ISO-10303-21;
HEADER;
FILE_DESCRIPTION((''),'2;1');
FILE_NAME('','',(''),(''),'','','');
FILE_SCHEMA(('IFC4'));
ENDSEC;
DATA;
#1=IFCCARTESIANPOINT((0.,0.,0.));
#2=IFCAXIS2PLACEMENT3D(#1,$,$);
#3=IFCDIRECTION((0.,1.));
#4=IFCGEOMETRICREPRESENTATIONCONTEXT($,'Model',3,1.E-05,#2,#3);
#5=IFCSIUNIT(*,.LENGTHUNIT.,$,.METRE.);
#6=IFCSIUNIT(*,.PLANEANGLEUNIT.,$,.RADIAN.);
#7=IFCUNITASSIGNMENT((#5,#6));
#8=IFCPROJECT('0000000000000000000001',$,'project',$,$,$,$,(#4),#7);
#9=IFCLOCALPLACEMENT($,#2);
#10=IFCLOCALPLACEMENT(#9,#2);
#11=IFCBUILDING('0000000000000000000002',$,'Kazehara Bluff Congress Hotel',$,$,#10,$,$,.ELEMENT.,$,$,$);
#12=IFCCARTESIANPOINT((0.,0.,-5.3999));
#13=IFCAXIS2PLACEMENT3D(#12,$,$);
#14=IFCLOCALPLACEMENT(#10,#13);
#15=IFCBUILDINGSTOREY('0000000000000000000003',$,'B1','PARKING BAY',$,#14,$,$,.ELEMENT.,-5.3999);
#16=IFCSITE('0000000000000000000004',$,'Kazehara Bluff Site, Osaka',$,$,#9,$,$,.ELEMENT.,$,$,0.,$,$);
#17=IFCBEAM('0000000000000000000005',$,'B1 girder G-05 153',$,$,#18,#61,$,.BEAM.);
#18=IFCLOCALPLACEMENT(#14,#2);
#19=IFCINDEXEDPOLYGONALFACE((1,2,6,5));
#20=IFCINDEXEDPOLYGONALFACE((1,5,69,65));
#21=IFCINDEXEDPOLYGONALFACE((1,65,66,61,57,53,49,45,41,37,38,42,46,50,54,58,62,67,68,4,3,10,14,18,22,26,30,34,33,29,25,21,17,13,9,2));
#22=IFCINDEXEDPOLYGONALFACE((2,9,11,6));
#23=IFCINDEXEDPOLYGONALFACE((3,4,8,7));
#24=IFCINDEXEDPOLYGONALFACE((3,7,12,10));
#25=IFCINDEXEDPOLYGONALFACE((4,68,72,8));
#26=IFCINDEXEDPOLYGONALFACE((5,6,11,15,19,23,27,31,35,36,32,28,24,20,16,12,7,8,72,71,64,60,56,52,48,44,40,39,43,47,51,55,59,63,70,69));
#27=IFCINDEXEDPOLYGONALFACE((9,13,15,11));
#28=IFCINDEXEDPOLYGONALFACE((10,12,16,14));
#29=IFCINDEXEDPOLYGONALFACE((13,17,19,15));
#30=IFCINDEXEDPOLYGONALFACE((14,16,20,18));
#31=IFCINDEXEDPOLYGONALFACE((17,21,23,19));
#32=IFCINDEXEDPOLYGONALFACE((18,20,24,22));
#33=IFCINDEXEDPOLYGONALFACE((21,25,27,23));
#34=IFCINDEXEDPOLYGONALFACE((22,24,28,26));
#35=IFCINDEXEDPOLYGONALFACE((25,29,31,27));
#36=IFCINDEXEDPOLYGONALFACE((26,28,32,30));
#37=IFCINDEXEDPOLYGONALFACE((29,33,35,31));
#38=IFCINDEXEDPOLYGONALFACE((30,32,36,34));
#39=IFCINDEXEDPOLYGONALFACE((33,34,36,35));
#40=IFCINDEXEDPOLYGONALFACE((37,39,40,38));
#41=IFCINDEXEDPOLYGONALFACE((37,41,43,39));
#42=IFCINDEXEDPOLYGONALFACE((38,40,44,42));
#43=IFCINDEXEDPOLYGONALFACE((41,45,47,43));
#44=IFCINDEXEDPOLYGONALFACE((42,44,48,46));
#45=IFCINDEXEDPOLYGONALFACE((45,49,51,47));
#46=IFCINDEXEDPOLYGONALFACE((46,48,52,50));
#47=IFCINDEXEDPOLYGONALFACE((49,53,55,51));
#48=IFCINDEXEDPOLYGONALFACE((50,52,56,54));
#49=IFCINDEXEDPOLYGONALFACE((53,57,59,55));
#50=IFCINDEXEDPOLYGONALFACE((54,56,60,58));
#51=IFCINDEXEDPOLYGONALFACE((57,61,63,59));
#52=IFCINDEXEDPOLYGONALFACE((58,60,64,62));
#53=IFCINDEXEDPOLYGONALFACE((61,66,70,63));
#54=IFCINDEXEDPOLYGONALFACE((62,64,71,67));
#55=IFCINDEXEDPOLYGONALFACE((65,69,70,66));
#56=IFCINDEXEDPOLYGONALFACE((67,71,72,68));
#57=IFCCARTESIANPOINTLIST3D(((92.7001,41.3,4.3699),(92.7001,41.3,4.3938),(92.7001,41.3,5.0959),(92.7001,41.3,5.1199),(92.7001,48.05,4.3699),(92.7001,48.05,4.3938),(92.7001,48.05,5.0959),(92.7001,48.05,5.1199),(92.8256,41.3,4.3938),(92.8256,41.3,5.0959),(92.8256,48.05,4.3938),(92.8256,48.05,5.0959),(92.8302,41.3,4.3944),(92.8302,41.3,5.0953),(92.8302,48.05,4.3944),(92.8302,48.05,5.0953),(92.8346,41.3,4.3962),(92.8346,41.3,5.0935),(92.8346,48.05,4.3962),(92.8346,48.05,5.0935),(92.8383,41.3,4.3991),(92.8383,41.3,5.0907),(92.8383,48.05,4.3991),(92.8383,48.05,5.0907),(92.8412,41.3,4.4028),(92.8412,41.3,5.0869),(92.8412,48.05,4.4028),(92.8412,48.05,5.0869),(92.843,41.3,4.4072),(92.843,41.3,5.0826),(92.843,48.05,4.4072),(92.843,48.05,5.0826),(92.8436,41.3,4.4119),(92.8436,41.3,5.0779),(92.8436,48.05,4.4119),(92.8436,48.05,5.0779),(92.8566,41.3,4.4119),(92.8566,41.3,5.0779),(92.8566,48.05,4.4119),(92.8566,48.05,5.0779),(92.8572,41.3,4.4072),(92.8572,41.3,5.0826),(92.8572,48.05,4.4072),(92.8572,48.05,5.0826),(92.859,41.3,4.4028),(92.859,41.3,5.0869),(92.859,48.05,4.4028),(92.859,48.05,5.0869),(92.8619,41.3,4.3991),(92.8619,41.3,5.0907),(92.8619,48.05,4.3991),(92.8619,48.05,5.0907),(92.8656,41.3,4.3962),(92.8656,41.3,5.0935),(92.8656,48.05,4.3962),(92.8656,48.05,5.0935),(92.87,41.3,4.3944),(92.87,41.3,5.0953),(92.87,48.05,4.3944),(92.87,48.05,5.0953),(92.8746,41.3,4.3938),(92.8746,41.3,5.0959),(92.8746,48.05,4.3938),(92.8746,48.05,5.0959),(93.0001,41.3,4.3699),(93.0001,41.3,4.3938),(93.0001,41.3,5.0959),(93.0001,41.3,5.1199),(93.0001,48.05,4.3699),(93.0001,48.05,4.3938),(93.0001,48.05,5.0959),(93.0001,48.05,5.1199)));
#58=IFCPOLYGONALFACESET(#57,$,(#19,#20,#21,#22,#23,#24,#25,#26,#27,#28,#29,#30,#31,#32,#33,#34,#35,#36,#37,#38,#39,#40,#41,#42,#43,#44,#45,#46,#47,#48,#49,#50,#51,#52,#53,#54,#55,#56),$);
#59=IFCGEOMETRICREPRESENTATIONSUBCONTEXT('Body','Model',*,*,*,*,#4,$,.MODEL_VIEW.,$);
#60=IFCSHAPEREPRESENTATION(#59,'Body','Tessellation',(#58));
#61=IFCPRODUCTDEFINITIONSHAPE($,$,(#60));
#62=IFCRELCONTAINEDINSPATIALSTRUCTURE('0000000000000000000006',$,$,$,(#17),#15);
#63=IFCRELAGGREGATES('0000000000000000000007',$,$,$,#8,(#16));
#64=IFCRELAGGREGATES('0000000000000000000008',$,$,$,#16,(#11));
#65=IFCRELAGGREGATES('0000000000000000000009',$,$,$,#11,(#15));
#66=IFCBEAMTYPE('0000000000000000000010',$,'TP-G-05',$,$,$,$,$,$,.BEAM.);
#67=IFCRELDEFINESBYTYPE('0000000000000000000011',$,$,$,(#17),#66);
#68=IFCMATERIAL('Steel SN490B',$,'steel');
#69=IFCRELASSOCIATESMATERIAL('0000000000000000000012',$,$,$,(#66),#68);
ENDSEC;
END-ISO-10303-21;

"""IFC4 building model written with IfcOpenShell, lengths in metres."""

from ifc_helpers import new_model, si_unit, direction, frame, origin, origin_2d, place, context, subcontext, project, spatial, i_section, extrude, material, material_profile, profile_set, type_object, element, save


model = new_model("IFC4")

# Units and contexts
model_context = context("Model", 3, precision=1e-05, world=origin(), true_north=direction((0.0, 1.0)))
body_context = subcontext(model_context, "Body", "Model", "MODEL_VIEW")
ifc_project = project(units=[si_unit("LENGTHUNIT", "METRE"), si_unit("PLANEANGLEUNIT", "RADIAN")], contexts=[model_context])

# Site, building, storey
site_placement = place(None, origin())
site = spatial("IfcSite", under=ifc_project, at=site_placement, Name="Kazehara Bluff Site, Osaka", CompositionType="ELEMENT", RefElevation=0.0)
building_placement = place(site_placement, origin())
building = spatial("IfcBuilding", under=site, at=building_placement, Name="Kazehara Bluff Congress Hotel", CompositionType="ELEMENT")
storey_placement = place(building_placement, frame((0.0, 0.0, -5.3999)))
storey = spatial("IfcBuildingStorey", under=building, at=storey_placement, Name="B1", Description="PARKING BAY", CompositionType="ELEMENT", Elevation=-5.3999)

# Beam
ifc_material_1 = material(Name="Steel SN490B", Category="steel")
ifc_material_profile_1 = material_profile(ifc_material_1, i_section(OverallWidth=0.3, OverallDepth=0.75, WebThickness=0.0129, FlangeThickness=0.0239, FilletRadius=0.0181, at=origin_2d()))
ifc_profile_set_1 = profile_set([ifc_material_profile_1], Name="Steel SN490B")
beam_type_1 = type_object("IfcBeamType", Name="TP-G-05", PredefinedType="BEAM", material=ifc_profile_set_1)
for number, where, z_axis, x_axis, name in (
    (1, (92.8501, 41.3, 4.7449), (0.0, 1.0, 0.0), (-1.0, 0.0, 0.0), "B1 girder G-05 153"),
):
    element("IfcBeam", number, at=place(storey_placement, frame(where, z_axis=z_axis, x_axis=x_axis)), inside=storey, type_object=beam_type_1, Name=name, PredefinedType="BEAM", context=body_context, shape_type="SweptSolid", body=[
        extrude(i_section(OverallWidth=0.3, OverallDepth=0.75, WebThickness=0.0129, FlangeThickness=0.0239, FilletRadius=0.0181, at=origin_2d()), origin(), (0.0, 0.0, 1.0), 6.75),
    ])

save(model, "model.ifc")
